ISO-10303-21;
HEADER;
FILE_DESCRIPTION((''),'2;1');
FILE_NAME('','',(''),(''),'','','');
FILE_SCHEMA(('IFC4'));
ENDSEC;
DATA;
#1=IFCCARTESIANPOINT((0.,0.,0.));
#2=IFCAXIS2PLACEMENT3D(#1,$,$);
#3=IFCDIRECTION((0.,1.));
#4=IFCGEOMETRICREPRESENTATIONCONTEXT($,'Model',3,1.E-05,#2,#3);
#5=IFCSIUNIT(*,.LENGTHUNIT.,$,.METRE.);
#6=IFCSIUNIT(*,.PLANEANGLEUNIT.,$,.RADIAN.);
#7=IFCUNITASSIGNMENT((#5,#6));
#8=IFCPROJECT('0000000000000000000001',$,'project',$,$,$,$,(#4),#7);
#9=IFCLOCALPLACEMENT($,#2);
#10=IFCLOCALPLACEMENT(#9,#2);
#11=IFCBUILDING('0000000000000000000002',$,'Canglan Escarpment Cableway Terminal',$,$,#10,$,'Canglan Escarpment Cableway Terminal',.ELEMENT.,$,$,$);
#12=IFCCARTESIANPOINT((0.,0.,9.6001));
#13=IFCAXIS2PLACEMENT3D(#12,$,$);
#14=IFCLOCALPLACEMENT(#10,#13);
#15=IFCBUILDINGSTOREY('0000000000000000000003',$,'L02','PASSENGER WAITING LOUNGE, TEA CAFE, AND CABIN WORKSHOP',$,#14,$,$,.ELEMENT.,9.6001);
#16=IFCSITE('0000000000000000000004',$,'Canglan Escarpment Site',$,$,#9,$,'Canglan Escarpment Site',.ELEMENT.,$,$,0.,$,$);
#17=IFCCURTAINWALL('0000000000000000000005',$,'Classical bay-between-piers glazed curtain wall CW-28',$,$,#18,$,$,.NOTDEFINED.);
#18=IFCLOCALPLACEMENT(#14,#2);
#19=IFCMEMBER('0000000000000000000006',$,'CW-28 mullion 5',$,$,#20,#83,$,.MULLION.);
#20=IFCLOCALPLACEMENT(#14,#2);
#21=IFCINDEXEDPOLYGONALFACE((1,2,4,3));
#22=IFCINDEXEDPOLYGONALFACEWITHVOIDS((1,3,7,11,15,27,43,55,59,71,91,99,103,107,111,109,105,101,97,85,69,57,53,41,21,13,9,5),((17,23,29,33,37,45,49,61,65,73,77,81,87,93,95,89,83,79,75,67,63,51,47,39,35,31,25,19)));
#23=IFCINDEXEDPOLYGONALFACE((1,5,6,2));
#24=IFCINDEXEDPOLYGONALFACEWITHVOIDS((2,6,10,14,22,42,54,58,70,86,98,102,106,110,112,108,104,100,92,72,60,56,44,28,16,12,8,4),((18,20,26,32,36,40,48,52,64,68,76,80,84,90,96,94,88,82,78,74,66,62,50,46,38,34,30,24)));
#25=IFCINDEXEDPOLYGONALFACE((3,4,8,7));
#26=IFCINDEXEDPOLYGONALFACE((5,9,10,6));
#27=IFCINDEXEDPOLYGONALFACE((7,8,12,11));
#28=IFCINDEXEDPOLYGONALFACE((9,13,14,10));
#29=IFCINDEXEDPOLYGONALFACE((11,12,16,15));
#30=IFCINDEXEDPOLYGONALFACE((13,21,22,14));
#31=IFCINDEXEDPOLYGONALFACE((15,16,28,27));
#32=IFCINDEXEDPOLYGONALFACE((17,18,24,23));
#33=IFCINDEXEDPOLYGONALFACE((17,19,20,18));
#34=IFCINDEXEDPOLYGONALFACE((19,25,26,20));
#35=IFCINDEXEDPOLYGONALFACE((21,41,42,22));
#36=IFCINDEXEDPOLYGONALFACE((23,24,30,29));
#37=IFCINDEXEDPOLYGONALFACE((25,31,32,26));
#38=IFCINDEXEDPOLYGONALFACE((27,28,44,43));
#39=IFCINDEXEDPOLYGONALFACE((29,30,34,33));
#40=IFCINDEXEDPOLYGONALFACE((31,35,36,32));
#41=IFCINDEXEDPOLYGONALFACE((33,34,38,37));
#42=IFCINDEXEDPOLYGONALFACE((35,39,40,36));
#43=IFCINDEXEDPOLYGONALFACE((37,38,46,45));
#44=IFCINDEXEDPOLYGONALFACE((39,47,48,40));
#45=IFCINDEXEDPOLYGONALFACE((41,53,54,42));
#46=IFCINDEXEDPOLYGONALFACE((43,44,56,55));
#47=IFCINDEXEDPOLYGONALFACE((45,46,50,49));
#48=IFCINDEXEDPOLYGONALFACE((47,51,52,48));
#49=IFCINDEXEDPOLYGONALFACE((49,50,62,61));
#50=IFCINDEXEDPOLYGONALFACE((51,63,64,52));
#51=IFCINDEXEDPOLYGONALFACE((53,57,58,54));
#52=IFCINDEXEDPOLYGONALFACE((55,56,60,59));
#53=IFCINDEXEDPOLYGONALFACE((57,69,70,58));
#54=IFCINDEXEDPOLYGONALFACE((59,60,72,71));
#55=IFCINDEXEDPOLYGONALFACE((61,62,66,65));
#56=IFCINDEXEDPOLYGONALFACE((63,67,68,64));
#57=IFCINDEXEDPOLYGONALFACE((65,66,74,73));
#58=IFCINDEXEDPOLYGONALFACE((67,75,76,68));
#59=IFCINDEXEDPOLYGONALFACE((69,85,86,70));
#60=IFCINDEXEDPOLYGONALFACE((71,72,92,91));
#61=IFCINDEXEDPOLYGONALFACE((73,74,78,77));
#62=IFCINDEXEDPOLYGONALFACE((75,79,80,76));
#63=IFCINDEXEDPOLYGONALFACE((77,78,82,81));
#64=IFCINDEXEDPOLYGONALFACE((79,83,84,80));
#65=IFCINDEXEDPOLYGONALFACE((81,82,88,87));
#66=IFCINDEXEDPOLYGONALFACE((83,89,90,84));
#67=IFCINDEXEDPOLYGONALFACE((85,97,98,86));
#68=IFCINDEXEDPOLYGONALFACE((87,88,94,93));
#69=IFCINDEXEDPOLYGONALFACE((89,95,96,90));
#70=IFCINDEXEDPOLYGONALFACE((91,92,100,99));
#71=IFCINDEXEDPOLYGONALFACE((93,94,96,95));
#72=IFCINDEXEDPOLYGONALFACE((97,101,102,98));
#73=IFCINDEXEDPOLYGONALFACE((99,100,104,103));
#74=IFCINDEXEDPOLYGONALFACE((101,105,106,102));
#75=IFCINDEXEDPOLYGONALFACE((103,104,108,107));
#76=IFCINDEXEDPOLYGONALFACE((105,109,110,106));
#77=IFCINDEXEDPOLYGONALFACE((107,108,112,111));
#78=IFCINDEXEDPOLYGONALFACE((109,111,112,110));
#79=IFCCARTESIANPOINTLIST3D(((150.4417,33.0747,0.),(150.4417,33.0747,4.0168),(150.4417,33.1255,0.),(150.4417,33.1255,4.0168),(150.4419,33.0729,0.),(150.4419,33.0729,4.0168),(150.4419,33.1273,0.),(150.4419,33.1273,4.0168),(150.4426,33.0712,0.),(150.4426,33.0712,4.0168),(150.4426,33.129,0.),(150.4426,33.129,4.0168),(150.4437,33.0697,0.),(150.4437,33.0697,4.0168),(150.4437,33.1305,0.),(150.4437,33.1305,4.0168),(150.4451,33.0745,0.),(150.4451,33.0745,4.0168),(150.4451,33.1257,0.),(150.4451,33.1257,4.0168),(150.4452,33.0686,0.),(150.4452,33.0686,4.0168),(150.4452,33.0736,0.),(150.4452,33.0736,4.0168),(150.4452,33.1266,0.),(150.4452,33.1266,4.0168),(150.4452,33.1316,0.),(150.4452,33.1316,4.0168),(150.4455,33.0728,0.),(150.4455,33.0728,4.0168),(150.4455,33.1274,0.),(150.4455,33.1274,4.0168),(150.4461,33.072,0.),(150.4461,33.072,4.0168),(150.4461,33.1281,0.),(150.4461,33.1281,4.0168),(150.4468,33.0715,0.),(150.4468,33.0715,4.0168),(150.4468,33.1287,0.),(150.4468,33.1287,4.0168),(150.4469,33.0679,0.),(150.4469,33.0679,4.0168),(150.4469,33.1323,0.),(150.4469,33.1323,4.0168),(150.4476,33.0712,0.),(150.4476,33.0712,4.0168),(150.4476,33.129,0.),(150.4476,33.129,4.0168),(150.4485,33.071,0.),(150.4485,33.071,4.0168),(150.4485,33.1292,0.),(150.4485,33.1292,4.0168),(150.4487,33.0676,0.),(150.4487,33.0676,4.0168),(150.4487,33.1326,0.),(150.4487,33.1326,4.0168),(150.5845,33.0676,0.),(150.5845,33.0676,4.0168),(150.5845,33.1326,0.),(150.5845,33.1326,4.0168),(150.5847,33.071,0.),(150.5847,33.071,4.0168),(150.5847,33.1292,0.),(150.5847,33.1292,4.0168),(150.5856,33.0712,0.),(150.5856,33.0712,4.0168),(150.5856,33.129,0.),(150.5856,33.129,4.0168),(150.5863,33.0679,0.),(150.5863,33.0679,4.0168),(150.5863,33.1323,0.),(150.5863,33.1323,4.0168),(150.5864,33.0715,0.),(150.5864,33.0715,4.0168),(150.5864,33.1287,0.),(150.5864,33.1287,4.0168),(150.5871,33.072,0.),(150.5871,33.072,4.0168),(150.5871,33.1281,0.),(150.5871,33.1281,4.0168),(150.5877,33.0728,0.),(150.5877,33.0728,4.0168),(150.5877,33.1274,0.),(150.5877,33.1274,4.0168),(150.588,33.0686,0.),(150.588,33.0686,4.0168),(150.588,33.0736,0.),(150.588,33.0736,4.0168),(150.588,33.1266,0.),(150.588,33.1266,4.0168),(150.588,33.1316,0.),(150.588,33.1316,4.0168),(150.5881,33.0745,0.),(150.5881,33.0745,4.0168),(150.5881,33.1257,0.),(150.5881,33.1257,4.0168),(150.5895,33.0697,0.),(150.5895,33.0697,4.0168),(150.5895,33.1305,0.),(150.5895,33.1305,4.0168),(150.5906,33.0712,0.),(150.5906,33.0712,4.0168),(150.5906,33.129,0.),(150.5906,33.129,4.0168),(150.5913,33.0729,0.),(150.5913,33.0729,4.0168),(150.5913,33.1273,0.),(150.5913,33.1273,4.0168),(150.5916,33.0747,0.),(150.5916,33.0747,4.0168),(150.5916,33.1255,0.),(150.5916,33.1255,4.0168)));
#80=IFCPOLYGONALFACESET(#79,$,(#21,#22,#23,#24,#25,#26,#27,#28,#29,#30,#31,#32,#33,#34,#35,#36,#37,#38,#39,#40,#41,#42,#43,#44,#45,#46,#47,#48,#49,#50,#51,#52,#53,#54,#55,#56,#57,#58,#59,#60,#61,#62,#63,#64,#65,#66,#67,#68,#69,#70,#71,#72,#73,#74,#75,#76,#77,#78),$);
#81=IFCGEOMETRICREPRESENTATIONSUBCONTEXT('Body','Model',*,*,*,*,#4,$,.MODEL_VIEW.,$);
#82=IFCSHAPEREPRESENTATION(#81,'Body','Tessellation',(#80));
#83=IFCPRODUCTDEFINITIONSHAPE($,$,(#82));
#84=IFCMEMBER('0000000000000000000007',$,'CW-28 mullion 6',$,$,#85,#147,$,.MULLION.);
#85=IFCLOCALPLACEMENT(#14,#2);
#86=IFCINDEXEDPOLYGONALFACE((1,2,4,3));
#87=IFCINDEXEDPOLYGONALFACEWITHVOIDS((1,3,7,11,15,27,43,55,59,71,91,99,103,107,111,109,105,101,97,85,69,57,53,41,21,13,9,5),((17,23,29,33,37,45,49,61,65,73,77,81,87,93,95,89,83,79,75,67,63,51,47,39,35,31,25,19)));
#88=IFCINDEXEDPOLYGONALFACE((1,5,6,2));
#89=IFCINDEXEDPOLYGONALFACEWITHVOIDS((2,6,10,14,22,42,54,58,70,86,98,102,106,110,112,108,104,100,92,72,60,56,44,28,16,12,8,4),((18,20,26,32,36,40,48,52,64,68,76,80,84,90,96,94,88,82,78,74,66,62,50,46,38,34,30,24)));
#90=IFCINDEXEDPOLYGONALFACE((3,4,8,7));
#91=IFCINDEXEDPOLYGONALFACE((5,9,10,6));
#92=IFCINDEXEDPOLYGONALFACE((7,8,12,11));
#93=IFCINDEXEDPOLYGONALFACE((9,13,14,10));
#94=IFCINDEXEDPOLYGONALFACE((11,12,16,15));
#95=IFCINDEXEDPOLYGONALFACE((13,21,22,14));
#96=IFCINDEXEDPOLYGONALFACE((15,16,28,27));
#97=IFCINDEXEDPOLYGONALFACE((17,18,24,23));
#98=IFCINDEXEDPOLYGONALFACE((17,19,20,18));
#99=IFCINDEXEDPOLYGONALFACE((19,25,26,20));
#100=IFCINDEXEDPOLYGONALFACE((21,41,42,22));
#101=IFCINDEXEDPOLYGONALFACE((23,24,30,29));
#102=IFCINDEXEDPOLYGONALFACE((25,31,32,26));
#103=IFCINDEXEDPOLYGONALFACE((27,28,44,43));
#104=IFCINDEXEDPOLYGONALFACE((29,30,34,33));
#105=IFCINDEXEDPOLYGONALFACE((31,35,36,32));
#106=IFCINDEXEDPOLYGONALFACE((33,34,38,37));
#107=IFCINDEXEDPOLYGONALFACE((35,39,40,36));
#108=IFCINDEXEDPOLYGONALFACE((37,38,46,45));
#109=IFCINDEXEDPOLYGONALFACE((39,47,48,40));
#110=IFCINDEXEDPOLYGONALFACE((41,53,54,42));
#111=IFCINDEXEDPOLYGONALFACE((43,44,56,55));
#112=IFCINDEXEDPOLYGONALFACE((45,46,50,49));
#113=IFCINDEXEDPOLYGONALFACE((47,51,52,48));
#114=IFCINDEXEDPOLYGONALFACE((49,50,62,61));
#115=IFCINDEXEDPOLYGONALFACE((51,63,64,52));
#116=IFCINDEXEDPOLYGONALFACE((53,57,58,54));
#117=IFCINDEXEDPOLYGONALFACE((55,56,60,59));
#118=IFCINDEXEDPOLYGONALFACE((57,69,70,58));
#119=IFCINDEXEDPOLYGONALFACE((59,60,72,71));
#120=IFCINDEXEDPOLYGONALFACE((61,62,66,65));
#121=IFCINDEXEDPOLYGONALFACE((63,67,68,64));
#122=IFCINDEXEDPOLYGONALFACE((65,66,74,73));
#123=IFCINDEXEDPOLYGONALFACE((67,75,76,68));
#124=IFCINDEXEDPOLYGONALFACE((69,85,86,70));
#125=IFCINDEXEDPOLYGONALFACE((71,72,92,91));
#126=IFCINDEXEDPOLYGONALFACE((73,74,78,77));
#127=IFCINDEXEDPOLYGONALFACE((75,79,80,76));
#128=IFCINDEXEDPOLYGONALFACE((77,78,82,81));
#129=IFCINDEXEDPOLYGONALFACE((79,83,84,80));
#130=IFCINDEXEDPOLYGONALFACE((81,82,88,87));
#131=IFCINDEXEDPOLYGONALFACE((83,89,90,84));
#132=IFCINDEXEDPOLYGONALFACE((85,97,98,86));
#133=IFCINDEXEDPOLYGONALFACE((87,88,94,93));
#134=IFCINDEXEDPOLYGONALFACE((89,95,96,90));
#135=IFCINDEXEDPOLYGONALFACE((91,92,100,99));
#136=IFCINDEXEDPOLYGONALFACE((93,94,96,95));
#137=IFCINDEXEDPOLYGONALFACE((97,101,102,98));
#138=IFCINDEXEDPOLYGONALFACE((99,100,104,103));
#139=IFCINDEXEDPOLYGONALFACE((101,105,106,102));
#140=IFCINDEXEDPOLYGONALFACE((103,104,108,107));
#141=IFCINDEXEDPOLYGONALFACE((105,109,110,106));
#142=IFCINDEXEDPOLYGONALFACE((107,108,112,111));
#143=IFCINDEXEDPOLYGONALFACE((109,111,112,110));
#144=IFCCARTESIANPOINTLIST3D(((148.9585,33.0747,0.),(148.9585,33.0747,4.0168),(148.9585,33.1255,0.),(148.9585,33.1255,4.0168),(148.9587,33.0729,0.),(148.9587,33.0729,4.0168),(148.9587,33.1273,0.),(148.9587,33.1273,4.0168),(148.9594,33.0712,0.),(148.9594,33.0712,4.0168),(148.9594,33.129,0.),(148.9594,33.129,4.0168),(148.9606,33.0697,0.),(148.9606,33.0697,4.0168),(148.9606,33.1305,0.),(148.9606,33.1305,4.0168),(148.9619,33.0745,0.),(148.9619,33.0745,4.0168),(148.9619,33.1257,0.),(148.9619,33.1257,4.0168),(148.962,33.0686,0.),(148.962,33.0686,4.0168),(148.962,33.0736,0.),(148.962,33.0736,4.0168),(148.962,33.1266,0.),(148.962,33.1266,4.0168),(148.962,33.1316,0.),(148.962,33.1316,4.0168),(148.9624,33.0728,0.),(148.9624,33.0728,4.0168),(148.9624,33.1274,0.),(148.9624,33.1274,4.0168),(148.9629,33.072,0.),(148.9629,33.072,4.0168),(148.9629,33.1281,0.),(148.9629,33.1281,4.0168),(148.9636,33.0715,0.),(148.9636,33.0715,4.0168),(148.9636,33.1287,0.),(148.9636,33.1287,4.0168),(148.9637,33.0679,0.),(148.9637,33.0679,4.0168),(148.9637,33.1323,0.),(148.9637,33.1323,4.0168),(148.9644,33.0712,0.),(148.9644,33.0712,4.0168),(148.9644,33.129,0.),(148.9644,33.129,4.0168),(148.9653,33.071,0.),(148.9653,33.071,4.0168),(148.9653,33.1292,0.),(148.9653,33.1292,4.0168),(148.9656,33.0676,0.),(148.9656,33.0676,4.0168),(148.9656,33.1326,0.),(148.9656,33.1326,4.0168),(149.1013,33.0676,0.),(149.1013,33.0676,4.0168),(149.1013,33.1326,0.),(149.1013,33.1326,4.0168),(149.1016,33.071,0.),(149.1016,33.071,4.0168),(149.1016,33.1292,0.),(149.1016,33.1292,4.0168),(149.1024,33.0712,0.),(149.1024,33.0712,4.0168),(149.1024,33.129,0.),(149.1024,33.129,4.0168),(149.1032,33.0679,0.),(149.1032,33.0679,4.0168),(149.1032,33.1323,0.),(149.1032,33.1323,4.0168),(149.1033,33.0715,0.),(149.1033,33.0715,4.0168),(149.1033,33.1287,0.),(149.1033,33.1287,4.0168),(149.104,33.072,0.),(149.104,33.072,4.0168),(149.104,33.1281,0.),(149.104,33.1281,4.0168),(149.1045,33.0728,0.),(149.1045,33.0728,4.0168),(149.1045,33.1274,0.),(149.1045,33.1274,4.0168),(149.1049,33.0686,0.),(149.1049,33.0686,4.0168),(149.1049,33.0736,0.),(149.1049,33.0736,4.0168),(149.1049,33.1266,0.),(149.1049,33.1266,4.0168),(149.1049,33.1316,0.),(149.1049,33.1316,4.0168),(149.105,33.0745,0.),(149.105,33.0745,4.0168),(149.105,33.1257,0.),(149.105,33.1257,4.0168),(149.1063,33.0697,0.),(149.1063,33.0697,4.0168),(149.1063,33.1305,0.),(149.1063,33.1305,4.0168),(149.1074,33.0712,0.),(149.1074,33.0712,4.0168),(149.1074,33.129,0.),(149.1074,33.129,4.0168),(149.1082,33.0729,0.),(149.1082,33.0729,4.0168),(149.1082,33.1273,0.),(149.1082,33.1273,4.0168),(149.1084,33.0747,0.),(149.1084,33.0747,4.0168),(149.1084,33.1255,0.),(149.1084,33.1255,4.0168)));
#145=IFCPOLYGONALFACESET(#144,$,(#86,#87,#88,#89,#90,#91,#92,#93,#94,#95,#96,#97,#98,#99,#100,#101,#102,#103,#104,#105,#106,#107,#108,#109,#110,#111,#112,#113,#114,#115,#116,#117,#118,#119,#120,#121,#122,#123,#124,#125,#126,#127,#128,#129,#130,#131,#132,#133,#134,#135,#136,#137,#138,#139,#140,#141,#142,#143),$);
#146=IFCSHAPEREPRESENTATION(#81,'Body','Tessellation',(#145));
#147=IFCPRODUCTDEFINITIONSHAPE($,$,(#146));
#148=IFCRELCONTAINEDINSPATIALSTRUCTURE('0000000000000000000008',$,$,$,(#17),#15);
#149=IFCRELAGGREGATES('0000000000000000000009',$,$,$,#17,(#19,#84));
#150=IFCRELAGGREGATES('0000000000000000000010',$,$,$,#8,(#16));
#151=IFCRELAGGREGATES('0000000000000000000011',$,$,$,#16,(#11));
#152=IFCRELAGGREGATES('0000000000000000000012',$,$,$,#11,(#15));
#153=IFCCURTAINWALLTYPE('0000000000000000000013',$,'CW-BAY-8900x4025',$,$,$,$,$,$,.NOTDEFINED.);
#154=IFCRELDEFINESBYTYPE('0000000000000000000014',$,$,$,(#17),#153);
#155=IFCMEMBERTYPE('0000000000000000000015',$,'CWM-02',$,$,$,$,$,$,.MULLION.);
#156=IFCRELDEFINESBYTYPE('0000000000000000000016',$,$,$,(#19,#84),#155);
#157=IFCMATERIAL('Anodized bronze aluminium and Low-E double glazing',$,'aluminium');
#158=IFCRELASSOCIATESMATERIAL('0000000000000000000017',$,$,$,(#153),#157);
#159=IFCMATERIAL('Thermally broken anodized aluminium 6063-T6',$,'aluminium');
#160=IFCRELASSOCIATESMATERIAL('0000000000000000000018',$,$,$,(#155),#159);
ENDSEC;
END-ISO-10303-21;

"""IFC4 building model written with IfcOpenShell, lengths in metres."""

from ifc_helpers import new_model, si_unit, direction, frame, origin, origin_2d, place, context, subcontext, project, spatial, hollow_rectangle, extrude, material, material_profile, profile_set, type_object, element, aggregate, save


model = new_model("IFC4")

# Units and contexts
model_context = context("Model", 3, precision=1e-05, world=origin(), true_north=direction((0.0, 1.0)))
body_context = subcontext(model_context, "Body", "Model", "MODEL_VIEW")
ifc_project = project(units=[si_unit("LENGTHUNIT", "METRE"), si_unit("PLANEANGLEUNIT", "RADIAN")], contexts=[model_context])

# Site, building, storey
site_placement = place(None, origin())
site = spatial("IfcSite", under=ifc_project, at=site_placement, Name="Canglan Escarpment Site", LongName="Canglan Escarpment Site", CompositionType="ELEMENT", RefElevation=0.0)
building_placement = place(site_placement, origin())
building = spatial("IfcBuilding", under=site, at=building_placement, Name="Canglan Escarpment Cableway Terminal", LongName="Canglan Escarpment Cableway Terminal", CompositionType="ELEMENT")
storey_placement = place(building_placement, frame((0.0, 0.0, 9.6001)))
storey = spatial("IfcBuildingStorey", under=building, at=storey_placement, Name="L02", Description="PASSENGER WAITING LOUNGE, TEA CAFE, AND CABIN WORKSHOP", CompositionType="ELEMENT", Elevation=9.6001)

# Curtain wall, members
ifc_material_1 = material(Name="Anodized bronze aluminium and Low-E double glazing", Category="aluminium")
curtain_wall_type = type_object("IfcCurtainWallType", Name="CW-BAY-8900x4025", PredefinedType="NOTDEFINED", material=ifc_material_1)
curtain_wall_placement = place(storey_placement, origin())
curtain_wall = element("IfcCurtainWall", 1, at=curtain_wall_placement, inside=storey, type_object=curtain_wall_type, Name="Classical bay-between-piers glazed curtain wall CW-28", PredefinedType="NOTDEFINED")
ifc_material_2 = material(Name="Thermally broken anodized aluminium 6063-T6", Category="aluminium")
ifc_material_profile_1 = material_profile(ifc_material_2, hollow_rectangle(XDim=0.0649, YDim=0.1499, WallThickness=0.0034, InnerFilletRadius=0.0034, OuterFilletRadius=0.0071, at=origin_2d()), Name="ALU-MULL 65x150x3.5")
ifc_profile_set_1 = profile_set([ifc_material_profile_1], Name="Thermally broken anodized aluminium 6063-T6")
member_type_1 = type_object("IfcMemberType", Name="CWM-02", PredefinedType="MULLION", material=ifc_profile_set_1)
member_1_placement = place(storey_placement, frame((150.5166, 33.1001, 0.0), z_axis=(0.0, 0.0, 1.0), x_axis=(0.0, -1.0, 0.0)))
member_1 = element("IfcMember", 2, at=member_1_placement, type_object=member_type_1, Name="CW-28 mullion 5", PredefinedType="MULLION", context=body_context, shape_type="SweptSolid", body=[
    extrude(hollow_rectangle(XDim=0.0649, YDim=0.1499, WallThickness=0.0034, InnerFilletRadius=0.0034, OuterFilletRadius=0.0071, at=origin_2d()), origin(), (0.0, 0.0, 1.0), 4.0168),
])
member_2_placement = place(storey_placement, frame((149.0334, 33.1001, 0.0), z_axis=(0.0, 0.0, 1.0), x_axis=(0.0, -1.0, 0.0)))
member_2 = element("IfcMember", 3, at=member_2_placement, type_object=member_type_1, Name="CW-28 mullion 6", PredefinedType="MULLION", context=body_context, shape_type="SweptSolid", body=[
    extrude(hollow_rectangle(XDim=0.0649, YDim=0.1499, WallThickness=0.0034, InnerFilletRadius=0.0034, OuterFilletRadius=0.0071, at=origin_2d()), origin(), (0.0, 0.0, 1.0), 4.0168),
])
aggregate(curtain_wall, [member_1, member_2])

save(model, "model.ifc")
